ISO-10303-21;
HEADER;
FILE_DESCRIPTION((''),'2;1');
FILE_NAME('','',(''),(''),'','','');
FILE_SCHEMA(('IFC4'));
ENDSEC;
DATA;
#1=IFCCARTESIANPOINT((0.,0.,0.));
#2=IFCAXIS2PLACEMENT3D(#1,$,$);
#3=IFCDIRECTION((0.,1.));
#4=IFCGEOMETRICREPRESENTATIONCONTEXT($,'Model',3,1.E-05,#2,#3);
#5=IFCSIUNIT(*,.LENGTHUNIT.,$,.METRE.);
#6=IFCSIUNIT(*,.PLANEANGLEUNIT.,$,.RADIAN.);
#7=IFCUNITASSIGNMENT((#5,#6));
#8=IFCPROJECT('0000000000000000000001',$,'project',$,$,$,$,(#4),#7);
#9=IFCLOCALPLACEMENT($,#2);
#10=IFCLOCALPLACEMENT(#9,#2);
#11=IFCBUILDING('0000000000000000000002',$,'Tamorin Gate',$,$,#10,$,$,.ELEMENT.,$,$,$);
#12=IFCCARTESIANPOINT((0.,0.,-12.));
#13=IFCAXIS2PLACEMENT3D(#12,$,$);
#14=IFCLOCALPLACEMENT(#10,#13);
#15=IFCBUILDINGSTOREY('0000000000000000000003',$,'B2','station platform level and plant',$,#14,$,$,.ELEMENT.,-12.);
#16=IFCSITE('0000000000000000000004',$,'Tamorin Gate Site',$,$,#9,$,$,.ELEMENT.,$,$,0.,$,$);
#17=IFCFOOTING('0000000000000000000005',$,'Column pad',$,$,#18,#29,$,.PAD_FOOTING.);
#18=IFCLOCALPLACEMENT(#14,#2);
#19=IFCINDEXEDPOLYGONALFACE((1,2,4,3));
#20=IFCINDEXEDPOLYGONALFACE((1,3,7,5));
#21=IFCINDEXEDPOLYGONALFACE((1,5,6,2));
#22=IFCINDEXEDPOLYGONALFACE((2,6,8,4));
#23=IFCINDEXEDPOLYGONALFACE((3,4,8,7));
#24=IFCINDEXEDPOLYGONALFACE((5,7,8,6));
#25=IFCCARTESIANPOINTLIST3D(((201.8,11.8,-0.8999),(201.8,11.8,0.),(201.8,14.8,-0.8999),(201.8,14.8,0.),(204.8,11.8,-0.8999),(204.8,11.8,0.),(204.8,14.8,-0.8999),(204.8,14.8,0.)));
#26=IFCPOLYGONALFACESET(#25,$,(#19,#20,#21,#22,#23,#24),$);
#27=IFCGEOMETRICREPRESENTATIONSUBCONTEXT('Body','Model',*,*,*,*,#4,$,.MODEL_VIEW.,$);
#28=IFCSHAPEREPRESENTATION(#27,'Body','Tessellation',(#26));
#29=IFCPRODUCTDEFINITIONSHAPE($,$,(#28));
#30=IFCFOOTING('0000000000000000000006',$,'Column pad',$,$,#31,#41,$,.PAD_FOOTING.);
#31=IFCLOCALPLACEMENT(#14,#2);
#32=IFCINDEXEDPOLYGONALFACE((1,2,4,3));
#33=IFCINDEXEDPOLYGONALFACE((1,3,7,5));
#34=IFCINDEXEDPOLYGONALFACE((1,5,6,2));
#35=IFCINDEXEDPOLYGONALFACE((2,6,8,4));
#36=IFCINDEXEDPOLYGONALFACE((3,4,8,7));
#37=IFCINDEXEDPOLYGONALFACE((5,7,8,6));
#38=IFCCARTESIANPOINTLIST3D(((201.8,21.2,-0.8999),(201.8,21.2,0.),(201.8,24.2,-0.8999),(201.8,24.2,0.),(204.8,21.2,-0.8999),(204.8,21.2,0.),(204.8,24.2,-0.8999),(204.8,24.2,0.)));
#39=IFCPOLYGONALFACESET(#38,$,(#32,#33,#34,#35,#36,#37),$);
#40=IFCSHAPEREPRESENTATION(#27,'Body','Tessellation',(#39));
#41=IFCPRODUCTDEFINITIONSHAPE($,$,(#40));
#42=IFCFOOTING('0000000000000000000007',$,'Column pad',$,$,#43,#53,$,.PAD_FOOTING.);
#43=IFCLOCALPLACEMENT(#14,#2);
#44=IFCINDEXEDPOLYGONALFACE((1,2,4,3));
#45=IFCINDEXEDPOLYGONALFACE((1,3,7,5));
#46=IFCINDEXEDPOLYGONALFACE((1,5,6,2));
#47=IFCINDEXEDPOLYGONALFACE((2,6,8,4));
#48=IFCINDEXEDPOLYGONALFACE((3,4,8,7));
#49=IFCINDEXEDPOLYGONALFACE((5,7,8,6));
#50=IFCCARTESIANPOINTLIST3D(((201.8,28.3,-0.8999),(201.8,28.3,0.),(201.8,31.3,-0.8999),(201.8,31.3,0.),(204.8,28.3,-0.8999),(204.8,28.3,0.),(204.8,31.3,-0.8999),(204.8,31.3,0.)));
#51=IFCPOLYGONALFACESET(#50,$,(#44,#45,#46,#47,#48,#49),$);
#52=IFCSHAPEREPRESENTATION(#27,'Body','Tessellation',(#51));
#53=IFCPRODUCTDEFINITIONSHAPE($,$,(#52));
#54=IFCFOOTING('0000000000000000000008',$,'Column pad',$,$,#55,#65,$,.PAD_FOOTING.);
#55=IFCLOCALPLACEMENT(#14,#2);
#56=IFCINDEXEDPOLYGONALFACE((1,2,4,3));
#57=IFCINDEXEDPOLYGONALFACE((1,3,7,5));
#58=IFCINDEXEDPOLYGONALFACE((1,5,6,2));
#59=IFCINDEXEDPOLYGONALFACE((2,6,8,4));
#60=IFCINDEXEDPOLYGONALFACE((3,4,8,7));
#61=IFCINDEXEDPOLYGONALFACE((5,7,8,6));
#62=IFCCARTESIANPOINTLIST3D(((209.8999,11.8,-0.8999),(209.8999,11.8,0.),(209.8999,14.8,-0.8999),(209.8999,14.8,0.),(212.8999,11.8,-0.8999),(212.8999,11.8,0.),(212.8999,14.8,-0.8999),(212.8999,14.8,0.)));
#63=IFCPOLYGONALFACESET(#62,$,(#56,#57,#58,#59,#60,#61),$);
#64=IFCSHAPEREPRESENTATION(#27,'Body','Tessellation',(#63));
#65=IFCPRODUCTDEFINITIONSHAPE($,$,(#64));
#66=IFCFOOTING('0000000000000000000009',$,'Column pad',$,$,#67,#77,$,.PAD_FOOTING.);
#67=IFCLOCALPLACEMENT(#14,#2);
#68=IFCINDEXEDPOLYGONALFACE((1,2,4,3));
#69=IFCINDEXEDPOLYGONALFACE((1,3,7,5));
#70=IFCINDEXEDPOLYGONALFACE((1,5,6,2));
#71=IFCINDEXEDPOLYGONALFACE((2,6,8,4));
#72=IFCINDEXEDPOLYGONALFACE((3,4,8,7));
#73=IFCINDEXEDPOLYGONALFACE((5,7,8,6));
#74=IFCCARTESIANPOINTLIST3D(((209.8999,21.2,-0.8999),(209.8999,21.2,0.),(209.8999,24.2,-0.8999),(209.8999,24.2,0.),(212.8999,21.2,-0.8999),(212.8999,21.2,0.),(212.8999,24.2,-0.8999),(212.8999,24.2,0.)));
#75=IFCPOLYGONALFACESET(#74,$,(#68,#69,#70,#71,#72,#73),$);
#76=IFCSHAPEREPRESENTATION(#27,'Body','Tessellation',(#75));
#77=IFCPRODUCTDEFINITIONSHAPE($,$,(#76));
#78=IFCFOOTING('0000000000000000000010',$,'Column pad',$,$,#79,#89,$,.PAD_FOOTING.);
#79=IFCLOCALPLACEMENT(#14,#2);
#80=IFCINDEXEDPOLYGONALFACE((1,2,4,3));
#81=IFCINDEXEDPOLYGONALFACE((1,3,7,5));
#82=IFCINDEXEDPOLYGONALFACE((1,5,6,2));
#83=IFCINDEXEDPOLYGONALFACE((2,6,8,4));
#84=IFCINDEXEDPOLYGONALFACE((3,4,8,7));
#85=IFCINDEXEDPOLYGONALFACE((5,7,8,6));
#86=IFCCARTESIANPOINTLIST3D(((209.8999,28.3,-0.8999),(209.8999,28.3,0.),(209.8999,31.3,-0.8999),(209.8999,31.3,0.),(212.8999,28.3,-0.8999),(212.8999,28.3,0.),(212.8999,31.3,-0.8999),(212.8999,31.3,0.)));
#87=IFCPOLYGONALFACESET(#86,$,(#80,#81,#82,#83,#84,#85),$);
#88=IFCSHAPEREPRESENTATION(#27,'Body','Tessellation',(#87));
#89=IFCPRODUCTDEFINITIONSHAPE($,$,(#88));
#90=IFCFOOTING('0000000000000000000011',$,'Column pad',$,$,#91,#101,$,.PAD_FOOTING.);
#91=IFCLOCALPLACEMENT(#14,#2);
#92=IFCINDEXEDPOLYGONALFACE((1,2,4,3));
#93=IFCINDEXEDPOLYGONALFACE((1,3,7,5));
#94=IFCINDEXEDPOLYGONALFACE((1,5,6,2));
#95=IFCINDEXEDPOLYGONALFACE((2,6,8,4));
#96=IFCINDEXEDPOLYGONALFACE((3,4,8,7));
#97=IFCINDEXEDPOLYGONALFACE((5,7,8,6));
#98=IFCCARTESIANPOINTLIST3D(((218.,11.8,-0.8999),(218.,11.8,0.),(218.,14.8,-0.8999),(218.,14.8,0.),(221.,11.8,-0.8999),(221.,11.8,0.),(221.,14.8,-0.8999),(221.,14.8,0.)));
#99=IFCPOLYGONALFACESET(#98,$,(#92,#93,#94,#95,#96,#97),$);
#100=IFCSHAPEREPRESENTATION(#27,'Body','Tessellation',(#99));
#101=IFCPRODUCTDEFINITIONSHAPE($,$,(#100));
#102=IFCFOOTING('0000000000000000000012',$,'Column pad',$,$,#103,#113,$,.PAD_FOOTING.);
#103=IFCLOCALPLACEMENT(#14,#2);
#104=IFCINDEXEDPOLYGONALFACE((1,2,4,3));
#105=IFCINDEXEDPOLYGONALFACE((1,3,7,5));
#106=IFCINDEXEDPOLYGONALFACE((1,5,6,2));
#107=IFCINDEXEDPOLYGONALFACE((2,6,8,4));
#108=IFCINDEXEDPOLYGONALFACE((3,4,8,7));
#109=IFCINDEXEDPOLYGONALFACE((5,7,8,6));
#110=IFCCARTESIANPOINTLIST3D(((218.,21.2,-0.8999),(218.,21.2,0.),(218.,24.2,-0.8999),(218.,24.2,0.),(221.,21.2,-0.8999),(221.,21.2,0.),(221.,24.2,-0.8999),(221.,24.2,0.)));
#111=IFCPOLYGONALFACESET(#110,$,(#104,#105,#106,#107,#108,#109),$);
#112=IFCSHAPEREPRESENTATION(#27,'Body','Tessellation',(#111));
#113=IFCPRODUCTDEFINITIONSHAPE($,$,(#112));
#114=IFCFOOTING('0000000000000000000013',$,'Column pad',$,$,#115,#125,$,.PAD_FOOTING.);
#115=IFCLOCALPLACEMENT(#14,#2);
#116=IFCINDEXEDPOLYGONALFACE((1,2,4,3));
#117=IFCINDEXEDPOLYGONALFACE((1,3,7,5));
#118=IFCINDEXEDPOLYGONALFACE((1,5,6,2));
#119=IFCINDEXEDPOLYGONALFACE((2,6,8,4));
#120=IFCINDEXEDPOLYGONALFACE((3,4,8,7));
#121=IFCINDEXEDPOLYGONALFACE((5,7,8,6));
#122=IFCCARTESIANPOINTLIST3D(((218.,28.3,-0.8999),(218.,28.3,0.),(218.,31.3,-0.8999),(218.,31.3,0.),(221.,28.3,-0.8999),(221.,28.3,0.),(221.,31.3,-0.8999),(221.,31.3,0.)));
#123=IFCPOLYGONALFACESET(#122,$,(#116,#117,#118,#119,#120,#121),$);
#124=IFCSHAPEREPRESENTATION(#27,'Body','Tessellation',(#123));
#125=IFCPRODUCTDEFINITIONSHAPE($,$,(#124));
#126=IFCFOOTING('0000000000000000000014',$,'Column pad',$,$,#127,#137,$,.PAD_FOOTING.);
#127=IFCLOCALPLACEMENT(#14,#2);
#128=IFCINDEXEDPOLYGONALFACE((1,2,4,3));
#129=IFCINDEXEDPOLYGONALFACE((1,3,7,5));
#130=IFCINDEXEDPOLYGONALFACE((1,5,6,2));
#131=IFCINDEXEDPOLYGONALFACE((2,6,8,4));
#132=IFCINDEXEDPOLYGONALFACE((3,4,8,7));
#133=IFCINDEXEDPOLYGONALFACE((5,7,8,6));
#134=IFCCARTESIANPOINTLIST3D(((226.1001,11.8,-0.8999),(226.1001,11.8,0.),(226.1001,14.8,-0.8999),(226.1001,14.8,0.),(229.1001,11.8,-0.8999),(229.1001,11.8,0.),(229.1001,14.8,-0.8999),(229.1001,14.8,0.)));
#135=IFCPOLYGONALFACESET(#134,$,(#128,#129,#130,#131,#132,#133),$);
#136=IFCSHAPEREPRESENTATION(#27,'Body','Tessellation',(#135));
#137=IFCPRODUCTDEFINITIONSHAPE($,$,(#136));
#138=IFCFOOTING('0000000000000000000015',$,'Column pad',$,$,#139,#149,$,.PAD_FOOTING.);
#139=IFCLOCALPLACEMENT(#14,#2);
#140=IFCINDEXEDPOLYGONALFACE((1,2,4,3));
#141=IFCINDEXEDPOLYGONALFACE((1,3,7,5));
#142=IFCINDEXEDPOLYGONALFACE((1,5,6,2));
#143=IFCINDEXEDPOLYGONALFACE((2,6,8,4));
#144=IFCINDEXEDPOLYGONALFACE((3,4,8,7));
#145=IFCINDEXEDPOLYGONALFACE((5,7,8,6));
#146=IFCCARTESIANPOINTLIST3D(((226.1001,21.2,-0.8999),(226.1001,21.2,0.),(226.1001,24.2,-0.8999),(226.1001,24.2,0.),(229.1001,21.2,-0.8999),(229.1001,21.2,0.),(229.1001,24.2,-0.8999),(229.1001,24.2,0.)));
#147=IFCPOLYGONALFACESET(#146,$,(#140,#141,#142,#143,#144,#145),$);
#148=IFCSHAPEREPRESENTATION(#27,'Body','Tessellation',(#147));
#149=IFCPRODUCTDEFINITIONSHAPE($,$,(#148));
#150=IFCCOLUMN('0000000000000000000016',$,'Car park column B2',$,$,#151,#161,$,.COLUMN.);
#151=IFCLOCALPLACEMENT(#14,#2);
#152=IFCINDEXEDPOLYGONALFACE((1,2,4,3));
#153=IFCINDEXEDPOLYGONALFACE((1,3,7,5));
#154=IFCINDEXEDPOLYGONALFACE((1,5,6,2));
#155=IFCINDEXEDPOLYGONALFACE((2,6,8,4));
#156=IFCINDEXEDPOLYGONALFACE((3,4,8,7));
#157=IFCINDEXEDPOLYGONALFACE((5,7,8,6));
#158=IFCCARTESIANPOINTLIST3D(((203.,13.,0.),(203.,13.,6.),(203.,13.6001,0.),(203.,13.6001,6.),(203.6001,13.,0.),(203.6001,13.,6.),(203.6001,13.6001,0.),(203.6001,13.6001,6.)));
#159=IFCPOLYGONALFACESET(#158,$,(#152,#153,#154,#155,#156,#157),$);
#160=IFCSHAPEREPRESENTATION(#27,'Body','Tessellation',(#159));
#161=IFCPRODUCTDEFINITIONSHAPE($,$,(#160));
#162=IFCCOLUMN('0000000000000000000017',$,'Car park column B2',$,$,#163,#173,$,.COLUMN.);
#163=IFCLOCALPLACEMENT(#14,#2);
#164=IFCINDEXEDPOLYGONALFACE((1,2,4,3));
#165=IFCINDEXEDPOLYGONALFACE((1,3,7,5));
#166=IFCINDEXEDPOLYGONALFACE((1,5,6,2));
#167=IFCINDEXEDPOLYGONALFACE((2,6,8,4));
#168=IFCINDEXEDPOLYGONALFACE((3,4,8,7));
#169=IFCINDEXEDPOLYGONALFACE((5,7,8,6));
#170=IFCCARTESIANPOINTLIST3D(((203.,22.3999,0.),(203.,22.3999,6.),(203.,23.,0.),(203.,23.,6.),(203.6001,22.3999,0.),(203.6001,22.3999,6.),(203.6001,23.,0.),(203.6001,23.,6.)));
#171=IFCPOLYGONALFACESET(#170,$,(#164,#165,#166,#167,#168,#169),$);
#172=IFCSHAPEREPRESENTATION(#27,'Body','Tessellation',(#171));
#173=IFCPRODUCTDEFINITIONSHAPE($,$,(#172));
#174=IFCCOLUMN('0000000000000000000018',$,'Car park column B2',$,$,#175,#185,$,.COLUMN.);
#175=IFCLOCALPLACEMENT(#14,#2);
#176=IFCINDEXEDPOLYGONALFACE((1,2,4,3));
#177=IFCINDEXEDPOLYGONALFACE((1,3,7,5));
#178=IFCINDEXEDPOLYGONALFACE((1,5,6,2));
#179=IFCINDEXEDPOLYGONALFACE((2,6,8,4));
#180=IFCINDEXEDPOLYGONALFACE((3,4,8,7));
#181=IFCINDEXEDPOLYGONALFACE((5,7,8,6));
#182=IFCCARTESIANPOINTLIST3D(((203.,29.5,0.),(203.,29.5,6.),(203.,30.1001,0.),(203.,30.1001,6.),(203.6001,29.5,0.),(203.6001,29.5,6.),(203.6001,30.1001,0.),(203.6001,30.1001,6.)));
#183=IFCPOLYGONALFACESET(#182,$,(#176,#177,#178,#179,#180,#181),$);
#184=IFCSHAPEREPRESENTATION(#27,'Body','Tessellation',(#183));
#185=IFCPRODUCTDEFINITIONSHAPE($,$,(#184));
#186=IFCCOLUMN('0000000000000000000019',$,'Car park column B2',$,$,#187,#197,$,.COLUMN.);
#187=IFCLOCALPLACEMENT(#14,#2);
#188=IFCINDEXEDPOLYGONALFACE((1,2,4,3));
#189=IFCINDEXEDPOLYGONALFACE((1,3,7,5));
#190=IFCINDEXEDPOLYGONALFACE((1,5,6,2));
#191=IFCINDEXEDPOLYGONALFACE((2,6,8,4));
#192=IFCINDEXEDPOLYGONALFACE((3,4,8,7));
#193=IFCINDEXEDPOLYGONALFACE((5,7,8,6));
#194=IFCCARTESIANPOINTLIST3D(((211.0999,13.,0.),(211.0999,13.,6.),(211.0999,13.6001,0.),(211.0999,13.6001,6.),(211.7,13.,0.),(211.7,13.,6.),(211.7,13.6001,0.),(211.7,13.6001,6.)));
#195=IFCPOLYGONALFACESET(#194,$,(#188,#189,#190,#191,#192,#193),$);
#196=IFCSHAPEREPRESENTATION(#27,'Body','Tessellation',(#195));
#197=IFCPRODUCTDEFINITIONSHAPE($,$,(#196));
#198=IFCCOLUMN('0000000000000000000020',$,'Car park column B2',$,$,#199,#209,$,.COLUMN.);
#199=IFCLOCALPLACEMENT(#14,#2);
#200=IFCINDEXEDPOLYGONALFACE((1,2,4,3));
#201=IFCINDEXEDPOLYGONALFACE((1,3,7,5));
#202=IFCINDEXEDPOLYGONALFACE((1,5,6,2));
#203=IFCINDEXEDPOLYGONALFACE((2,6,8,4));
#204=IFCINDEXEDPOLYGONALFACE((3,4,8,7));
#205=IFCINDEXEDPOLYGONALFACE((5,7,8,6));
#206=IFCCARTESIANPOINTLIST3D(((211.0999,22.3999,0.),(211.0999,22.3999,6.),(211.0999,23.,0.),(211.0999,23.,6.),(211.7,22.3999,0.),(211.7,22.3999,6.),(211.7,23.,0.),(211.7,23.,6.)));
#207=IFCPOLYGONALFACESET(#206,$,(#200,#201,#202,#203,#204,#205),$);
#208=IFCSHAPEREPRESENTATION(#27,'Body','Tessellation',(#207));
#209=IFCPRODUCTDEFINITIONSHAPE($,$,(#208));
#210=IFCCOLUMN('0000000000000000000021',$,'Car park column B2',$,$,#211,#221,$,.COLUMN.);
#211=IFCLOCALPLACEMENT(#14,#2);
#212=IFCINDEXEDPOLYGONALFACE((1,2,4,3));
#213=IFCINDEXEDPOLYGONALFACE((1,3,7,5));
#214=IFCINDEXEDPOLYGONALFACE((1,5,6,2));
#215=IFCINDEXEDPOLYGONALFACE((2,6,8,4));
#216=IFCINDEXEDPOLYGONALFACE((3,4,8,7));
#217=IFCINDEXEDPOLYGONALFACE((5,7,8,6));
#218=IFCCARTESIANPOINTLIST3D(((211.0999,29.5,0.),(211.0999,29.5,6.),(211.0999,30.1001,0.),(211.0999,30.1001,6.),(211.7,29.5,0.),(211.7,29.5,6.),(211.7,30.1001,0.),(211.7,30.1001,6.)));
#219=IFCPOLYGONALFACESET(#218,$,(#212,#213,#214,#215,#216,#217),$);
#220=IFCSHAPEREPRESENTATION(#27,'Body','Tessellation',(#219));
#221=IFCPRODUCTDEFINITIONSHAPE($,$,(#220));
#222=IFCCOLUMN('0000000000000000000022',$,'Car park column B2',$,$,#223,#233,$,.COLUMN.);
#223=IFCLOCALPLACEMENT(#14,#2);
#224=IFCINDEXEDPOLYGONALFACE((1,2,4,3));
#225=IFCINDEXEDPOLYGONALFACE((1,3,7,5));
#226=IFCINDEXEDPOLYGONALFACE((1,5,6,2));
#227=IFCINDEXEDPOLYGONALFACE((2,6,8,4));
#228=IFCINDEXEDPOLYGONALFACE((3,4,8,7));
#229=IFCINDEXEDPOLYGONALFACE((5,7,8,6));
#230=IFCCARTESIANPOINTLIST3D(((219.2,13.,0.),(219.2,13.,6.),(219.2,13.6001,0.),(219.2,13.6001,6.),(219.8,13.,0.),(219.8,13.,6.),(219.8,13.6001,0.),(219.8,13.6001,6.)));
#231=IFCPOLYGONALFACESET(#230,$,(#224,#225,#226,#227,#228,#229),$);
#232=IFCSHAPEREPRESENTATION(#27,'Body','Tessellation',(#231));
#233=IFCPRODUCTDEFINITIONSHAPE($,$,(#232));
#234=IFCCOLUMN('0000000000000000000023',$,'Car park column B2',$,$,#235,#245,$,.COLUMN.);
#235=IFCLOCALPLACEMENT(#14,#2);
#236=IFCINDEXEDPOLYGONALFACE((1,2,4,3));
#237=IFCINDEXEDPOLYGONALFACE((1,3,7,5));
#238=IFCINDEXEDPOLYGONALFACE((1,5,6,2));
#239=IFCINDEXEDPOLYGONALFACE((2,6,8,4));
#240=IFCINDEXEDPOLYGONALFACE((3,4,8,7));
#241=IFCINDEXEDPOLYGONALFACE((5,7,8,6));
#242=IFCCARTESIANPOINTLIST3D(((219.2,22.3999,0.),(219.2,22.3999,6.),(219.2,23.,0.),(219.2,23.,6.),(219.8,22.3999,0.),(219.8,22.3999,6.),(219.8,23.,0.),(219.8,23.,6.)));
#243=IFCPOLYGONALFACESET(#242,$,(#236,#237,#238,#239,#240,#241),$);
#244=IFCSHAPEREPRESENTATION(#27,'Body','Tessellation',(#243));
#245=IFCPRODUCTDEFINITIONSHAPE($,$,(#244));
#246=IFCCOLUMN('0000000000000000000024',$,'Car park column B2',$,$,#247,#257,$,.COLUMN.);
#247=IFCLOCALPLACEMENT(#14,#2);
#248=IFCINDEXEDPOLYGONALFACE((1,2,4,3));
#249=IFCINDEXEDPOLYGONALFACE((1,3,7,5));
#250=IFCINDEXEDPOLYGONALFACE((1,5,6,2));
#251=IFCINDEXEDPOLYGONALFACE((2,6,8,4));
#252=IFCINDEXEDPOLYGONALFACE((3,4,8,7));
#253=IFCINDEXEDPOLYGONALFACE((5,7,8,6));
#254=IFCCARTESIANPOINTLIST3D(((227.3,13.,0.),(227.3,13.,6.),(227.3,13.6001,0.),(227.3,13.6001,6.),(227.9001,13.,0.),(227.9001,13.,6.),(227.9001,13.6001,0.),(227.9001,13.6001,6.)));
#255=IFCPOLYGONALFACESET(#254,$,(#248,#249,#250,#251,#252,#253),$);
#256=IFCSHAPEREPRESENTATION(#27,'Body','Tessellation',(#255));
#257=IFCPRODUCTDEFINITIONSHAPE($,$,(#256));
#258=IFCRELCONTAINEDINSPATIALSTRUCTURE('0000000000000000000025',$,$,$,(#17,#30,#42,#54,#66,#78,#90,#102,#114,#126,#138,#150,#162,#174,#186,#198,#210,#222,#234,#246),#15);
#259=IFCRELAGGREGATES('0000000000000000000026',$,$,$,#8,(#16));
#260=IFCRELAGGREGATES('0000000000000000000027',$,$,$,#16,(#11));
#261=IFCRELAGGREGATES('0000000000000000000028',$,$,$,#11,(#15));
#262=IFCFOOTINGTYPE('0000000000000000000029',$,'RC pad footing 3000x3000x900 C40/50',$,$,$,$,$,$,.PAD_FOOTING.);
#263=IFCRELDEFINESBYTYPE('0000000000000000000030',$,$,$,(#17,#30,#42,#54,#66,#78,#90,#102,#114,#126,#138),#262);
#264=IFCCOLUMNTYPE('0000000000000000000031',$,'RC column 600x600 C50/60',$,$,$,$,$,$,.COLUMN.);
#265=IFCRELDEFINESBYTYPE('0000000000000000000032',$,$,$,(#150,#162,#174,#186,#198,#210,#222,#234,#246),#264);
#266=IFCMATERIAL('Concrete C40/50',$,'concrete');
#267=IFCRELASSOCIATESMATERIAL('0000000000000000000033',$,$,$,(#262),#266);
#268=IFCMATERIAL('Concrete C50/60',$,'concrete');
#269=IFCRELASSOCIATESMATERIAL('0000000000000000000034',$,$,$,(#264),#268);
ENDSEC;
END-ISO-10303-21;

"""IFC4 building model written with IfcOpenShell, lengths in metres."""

from ifc_helpers import new_model, si_unit, direction, frame, origin, origin_2d, place, context, subcontext, project, spatial, rectangle, extrude, material, material_profile, profile_set, type_object, element, save


model = new_model("IFC4")

# Units and contexts
model_context = context("Model", 3, precision=1e-05, world=origin(), true_north=direction((0.0, 1.0)))
body_context = subcontext(model_context, "Body", "Model", "MODEL_VIEW")
ifc_project = project(units=[si_unit("LENGTHUNIT", "METRE"), si_unit("PLANEANGLEUNIT", "RADIAN")], contexts=[model_context])

# Site, building, storey
site_placement = place(None, origin())
site = spatial("IfcSite", under=ifc_project, at=site_placement, Name="Tamorin Gate Site", CompositionType="ELEMENT", RefElevation=0.0)
building_placement = place(site_placement, origin())
building = spatial("IfcBuilding", under=site, at=building_placement, Name="Tamorin Gate", CompositionType="ELEMENT")
storey_placement = place(building_placement, frame((0.0, 0.0, -12.0)))
storey = spatial("IfcBuildingStorey", under=building, at=storey_placement, Name="B2", Description="station platform level and plant", CompositionType="ELEMENT", Elevation=-12.0)

# Footings
ifc_material_1 = material(Name="Concrete C40/50", Category="concrete")
footing_type = type_object("IfcFootingType", Name="RC pad footing 3000x3000x900 C40/50", PredefinedType="PAD_FOOTING", material=ifc_material_1)
for number, where, z_axis, x_axis, name in (
    (1, (203.3, 13.3, -0.8999), (0.0, 0.0, 1.0), (1.0, 0.0, 0.0), "Column pad"),
    (2, (203.3, 22.7, -0.8999), (0.0, 0.0, 1.0), (1.0, 0.0, 0.0), "Column pad"),
    (3, (203.3, 29.8, -0.8999), (0.0, 0.0, 1.0), (1.0, 0.0, 0.0), "Column pad"),
    (4, (211.3999, 13.3, -0.8999), (0.0, 0.0, 1.0), (1.0, 0.0, 0.0), "Column pad"),
    (5, (211.3999, 22.7, -0.8999), (0.0, 0.0, 1.0), (1.0, 0.0, 0.0), "Column pad"),
    (6, (211.3999, 29.8, -0.8999), (0.0, 0.0, 1.0), (1.0, 0.0, 0.0), "Column pad"),
    (7, (219.5, 13.3, -0.8999), (0.0, 0.0, 1.0), (1.0, 0.0, 0.0), "Column pad"),
    (8, (219.5, 22.7, -0.8999), (0.0, 0.0, 1.0), (1.0, 0.0, 0.0), "Column pad"),
    (9, (219.5, 29.8, -0.8999), (0.0, 0.0, 1.0), (1.0, 0.0, 0.0), "Column pad"),
    (10, (227.6001, 13.3, -0.8999), (0.0, 0.0, 1.0), (1.0, 0.0, 0.0), "Column pad"),
    (11, (227.6001, 22.7, -0.8999), (0.0, 0.0, 1.0), (1.0, 0.0, 0.0), "Column pad"),
):
    element("IfcFooting", number, at=place(storey_placement, frame(where, z_axis=z_axis, x_axis=x_axis)), inside=storey, type_object=footing_type, Name=name, PredefinedType="PAD_FOOTING", context=body_context, shape_type="SweptSolid", body=[
        extrude(rectangle(XDim=3.0, YDim=3.0, at=origin_2d()), origin(), (0.0, 0.0, 1.0), 0.8999),
    ])

# Columns
ifc_material_2 = material(Name="Concrete C50/60", Category="concrete")
ifc_material_profile_1 = material_profile(ifc_material_2, rectangle(XDim=0.6001, YDim=0.6001, at=origin_2d()))
ifc_profile_set_1 = profile_set([ifc_material_profile_1], Name="Concrete C50/60")
column_type = type_object("IfcColumnType", Name="RC column 600x600 C50/60", PredefinedType="COLUMN", material=ifc_profile_set_1)
for number, where, z_axis, x_axis, name in (
    (12, (203.3, 13.3, 0.0), (0.0, 0.0, 1.0), (1.0, 0.0, 0.0), "Car park column B2"),
    (13, (203.3, 22.7, 0.0), (0.0, 0.0, 1.0), (1.0, 0.0, 0.0), "Car park column B2"),
    (14, (203.3, 29.8, 0.0), (0.0, 0.0, 1.0), (1.0, 0.0, 0.0), "Car park column B2"),
    (15, (211.3999, 13.3, 0.0), (0.0, 0.0, 1.0), (1.0, 0.0, 0.0), "Car park column B2"),
    (16, (211.3999, 22.7, 0.0), (0.0, 0.0, 1.0), (1.0, 0.0, 0.0), "Car park column B2"),
    (17, (211.3999, 29.8, 0.0), (0.0, 0.0, 1.0), (1.0, 0.0, 0.0), "Car park column B2"),
    (18, (219.5, 13.3, 0.0), (0.0, 0.0, 1.0), (1.0, 0.0, 0.0), "Car park column B2"),
    (19, (219.5, 22.7, 0.0), (0.0, 0.0, 1.0), (1.0, 0.0, 0.0), "Car park column B2"),
    (20, (227.6001, 13.3, 0.0), (0.0, 0.0, 1.0), (1.0, 0.0, 0.0), "Car park column B2"),
):
    element("IfcColumn", number, at=place(storey_placement, frame(where, z_axis=z_axis, x_axis=x_axis)), inside=storey, type_object=column_type, Name=name, PredefinedType="COLUMN", context=body_context, shape_type="SweptSolid", body=[
        extrude(rectangle(XDim=0.6001, YDim=0.6001, at=origin_2d()), origin(), (0.0, 0.0, 1.0), 6.0),
    ])

save(model, "model.ifc")
